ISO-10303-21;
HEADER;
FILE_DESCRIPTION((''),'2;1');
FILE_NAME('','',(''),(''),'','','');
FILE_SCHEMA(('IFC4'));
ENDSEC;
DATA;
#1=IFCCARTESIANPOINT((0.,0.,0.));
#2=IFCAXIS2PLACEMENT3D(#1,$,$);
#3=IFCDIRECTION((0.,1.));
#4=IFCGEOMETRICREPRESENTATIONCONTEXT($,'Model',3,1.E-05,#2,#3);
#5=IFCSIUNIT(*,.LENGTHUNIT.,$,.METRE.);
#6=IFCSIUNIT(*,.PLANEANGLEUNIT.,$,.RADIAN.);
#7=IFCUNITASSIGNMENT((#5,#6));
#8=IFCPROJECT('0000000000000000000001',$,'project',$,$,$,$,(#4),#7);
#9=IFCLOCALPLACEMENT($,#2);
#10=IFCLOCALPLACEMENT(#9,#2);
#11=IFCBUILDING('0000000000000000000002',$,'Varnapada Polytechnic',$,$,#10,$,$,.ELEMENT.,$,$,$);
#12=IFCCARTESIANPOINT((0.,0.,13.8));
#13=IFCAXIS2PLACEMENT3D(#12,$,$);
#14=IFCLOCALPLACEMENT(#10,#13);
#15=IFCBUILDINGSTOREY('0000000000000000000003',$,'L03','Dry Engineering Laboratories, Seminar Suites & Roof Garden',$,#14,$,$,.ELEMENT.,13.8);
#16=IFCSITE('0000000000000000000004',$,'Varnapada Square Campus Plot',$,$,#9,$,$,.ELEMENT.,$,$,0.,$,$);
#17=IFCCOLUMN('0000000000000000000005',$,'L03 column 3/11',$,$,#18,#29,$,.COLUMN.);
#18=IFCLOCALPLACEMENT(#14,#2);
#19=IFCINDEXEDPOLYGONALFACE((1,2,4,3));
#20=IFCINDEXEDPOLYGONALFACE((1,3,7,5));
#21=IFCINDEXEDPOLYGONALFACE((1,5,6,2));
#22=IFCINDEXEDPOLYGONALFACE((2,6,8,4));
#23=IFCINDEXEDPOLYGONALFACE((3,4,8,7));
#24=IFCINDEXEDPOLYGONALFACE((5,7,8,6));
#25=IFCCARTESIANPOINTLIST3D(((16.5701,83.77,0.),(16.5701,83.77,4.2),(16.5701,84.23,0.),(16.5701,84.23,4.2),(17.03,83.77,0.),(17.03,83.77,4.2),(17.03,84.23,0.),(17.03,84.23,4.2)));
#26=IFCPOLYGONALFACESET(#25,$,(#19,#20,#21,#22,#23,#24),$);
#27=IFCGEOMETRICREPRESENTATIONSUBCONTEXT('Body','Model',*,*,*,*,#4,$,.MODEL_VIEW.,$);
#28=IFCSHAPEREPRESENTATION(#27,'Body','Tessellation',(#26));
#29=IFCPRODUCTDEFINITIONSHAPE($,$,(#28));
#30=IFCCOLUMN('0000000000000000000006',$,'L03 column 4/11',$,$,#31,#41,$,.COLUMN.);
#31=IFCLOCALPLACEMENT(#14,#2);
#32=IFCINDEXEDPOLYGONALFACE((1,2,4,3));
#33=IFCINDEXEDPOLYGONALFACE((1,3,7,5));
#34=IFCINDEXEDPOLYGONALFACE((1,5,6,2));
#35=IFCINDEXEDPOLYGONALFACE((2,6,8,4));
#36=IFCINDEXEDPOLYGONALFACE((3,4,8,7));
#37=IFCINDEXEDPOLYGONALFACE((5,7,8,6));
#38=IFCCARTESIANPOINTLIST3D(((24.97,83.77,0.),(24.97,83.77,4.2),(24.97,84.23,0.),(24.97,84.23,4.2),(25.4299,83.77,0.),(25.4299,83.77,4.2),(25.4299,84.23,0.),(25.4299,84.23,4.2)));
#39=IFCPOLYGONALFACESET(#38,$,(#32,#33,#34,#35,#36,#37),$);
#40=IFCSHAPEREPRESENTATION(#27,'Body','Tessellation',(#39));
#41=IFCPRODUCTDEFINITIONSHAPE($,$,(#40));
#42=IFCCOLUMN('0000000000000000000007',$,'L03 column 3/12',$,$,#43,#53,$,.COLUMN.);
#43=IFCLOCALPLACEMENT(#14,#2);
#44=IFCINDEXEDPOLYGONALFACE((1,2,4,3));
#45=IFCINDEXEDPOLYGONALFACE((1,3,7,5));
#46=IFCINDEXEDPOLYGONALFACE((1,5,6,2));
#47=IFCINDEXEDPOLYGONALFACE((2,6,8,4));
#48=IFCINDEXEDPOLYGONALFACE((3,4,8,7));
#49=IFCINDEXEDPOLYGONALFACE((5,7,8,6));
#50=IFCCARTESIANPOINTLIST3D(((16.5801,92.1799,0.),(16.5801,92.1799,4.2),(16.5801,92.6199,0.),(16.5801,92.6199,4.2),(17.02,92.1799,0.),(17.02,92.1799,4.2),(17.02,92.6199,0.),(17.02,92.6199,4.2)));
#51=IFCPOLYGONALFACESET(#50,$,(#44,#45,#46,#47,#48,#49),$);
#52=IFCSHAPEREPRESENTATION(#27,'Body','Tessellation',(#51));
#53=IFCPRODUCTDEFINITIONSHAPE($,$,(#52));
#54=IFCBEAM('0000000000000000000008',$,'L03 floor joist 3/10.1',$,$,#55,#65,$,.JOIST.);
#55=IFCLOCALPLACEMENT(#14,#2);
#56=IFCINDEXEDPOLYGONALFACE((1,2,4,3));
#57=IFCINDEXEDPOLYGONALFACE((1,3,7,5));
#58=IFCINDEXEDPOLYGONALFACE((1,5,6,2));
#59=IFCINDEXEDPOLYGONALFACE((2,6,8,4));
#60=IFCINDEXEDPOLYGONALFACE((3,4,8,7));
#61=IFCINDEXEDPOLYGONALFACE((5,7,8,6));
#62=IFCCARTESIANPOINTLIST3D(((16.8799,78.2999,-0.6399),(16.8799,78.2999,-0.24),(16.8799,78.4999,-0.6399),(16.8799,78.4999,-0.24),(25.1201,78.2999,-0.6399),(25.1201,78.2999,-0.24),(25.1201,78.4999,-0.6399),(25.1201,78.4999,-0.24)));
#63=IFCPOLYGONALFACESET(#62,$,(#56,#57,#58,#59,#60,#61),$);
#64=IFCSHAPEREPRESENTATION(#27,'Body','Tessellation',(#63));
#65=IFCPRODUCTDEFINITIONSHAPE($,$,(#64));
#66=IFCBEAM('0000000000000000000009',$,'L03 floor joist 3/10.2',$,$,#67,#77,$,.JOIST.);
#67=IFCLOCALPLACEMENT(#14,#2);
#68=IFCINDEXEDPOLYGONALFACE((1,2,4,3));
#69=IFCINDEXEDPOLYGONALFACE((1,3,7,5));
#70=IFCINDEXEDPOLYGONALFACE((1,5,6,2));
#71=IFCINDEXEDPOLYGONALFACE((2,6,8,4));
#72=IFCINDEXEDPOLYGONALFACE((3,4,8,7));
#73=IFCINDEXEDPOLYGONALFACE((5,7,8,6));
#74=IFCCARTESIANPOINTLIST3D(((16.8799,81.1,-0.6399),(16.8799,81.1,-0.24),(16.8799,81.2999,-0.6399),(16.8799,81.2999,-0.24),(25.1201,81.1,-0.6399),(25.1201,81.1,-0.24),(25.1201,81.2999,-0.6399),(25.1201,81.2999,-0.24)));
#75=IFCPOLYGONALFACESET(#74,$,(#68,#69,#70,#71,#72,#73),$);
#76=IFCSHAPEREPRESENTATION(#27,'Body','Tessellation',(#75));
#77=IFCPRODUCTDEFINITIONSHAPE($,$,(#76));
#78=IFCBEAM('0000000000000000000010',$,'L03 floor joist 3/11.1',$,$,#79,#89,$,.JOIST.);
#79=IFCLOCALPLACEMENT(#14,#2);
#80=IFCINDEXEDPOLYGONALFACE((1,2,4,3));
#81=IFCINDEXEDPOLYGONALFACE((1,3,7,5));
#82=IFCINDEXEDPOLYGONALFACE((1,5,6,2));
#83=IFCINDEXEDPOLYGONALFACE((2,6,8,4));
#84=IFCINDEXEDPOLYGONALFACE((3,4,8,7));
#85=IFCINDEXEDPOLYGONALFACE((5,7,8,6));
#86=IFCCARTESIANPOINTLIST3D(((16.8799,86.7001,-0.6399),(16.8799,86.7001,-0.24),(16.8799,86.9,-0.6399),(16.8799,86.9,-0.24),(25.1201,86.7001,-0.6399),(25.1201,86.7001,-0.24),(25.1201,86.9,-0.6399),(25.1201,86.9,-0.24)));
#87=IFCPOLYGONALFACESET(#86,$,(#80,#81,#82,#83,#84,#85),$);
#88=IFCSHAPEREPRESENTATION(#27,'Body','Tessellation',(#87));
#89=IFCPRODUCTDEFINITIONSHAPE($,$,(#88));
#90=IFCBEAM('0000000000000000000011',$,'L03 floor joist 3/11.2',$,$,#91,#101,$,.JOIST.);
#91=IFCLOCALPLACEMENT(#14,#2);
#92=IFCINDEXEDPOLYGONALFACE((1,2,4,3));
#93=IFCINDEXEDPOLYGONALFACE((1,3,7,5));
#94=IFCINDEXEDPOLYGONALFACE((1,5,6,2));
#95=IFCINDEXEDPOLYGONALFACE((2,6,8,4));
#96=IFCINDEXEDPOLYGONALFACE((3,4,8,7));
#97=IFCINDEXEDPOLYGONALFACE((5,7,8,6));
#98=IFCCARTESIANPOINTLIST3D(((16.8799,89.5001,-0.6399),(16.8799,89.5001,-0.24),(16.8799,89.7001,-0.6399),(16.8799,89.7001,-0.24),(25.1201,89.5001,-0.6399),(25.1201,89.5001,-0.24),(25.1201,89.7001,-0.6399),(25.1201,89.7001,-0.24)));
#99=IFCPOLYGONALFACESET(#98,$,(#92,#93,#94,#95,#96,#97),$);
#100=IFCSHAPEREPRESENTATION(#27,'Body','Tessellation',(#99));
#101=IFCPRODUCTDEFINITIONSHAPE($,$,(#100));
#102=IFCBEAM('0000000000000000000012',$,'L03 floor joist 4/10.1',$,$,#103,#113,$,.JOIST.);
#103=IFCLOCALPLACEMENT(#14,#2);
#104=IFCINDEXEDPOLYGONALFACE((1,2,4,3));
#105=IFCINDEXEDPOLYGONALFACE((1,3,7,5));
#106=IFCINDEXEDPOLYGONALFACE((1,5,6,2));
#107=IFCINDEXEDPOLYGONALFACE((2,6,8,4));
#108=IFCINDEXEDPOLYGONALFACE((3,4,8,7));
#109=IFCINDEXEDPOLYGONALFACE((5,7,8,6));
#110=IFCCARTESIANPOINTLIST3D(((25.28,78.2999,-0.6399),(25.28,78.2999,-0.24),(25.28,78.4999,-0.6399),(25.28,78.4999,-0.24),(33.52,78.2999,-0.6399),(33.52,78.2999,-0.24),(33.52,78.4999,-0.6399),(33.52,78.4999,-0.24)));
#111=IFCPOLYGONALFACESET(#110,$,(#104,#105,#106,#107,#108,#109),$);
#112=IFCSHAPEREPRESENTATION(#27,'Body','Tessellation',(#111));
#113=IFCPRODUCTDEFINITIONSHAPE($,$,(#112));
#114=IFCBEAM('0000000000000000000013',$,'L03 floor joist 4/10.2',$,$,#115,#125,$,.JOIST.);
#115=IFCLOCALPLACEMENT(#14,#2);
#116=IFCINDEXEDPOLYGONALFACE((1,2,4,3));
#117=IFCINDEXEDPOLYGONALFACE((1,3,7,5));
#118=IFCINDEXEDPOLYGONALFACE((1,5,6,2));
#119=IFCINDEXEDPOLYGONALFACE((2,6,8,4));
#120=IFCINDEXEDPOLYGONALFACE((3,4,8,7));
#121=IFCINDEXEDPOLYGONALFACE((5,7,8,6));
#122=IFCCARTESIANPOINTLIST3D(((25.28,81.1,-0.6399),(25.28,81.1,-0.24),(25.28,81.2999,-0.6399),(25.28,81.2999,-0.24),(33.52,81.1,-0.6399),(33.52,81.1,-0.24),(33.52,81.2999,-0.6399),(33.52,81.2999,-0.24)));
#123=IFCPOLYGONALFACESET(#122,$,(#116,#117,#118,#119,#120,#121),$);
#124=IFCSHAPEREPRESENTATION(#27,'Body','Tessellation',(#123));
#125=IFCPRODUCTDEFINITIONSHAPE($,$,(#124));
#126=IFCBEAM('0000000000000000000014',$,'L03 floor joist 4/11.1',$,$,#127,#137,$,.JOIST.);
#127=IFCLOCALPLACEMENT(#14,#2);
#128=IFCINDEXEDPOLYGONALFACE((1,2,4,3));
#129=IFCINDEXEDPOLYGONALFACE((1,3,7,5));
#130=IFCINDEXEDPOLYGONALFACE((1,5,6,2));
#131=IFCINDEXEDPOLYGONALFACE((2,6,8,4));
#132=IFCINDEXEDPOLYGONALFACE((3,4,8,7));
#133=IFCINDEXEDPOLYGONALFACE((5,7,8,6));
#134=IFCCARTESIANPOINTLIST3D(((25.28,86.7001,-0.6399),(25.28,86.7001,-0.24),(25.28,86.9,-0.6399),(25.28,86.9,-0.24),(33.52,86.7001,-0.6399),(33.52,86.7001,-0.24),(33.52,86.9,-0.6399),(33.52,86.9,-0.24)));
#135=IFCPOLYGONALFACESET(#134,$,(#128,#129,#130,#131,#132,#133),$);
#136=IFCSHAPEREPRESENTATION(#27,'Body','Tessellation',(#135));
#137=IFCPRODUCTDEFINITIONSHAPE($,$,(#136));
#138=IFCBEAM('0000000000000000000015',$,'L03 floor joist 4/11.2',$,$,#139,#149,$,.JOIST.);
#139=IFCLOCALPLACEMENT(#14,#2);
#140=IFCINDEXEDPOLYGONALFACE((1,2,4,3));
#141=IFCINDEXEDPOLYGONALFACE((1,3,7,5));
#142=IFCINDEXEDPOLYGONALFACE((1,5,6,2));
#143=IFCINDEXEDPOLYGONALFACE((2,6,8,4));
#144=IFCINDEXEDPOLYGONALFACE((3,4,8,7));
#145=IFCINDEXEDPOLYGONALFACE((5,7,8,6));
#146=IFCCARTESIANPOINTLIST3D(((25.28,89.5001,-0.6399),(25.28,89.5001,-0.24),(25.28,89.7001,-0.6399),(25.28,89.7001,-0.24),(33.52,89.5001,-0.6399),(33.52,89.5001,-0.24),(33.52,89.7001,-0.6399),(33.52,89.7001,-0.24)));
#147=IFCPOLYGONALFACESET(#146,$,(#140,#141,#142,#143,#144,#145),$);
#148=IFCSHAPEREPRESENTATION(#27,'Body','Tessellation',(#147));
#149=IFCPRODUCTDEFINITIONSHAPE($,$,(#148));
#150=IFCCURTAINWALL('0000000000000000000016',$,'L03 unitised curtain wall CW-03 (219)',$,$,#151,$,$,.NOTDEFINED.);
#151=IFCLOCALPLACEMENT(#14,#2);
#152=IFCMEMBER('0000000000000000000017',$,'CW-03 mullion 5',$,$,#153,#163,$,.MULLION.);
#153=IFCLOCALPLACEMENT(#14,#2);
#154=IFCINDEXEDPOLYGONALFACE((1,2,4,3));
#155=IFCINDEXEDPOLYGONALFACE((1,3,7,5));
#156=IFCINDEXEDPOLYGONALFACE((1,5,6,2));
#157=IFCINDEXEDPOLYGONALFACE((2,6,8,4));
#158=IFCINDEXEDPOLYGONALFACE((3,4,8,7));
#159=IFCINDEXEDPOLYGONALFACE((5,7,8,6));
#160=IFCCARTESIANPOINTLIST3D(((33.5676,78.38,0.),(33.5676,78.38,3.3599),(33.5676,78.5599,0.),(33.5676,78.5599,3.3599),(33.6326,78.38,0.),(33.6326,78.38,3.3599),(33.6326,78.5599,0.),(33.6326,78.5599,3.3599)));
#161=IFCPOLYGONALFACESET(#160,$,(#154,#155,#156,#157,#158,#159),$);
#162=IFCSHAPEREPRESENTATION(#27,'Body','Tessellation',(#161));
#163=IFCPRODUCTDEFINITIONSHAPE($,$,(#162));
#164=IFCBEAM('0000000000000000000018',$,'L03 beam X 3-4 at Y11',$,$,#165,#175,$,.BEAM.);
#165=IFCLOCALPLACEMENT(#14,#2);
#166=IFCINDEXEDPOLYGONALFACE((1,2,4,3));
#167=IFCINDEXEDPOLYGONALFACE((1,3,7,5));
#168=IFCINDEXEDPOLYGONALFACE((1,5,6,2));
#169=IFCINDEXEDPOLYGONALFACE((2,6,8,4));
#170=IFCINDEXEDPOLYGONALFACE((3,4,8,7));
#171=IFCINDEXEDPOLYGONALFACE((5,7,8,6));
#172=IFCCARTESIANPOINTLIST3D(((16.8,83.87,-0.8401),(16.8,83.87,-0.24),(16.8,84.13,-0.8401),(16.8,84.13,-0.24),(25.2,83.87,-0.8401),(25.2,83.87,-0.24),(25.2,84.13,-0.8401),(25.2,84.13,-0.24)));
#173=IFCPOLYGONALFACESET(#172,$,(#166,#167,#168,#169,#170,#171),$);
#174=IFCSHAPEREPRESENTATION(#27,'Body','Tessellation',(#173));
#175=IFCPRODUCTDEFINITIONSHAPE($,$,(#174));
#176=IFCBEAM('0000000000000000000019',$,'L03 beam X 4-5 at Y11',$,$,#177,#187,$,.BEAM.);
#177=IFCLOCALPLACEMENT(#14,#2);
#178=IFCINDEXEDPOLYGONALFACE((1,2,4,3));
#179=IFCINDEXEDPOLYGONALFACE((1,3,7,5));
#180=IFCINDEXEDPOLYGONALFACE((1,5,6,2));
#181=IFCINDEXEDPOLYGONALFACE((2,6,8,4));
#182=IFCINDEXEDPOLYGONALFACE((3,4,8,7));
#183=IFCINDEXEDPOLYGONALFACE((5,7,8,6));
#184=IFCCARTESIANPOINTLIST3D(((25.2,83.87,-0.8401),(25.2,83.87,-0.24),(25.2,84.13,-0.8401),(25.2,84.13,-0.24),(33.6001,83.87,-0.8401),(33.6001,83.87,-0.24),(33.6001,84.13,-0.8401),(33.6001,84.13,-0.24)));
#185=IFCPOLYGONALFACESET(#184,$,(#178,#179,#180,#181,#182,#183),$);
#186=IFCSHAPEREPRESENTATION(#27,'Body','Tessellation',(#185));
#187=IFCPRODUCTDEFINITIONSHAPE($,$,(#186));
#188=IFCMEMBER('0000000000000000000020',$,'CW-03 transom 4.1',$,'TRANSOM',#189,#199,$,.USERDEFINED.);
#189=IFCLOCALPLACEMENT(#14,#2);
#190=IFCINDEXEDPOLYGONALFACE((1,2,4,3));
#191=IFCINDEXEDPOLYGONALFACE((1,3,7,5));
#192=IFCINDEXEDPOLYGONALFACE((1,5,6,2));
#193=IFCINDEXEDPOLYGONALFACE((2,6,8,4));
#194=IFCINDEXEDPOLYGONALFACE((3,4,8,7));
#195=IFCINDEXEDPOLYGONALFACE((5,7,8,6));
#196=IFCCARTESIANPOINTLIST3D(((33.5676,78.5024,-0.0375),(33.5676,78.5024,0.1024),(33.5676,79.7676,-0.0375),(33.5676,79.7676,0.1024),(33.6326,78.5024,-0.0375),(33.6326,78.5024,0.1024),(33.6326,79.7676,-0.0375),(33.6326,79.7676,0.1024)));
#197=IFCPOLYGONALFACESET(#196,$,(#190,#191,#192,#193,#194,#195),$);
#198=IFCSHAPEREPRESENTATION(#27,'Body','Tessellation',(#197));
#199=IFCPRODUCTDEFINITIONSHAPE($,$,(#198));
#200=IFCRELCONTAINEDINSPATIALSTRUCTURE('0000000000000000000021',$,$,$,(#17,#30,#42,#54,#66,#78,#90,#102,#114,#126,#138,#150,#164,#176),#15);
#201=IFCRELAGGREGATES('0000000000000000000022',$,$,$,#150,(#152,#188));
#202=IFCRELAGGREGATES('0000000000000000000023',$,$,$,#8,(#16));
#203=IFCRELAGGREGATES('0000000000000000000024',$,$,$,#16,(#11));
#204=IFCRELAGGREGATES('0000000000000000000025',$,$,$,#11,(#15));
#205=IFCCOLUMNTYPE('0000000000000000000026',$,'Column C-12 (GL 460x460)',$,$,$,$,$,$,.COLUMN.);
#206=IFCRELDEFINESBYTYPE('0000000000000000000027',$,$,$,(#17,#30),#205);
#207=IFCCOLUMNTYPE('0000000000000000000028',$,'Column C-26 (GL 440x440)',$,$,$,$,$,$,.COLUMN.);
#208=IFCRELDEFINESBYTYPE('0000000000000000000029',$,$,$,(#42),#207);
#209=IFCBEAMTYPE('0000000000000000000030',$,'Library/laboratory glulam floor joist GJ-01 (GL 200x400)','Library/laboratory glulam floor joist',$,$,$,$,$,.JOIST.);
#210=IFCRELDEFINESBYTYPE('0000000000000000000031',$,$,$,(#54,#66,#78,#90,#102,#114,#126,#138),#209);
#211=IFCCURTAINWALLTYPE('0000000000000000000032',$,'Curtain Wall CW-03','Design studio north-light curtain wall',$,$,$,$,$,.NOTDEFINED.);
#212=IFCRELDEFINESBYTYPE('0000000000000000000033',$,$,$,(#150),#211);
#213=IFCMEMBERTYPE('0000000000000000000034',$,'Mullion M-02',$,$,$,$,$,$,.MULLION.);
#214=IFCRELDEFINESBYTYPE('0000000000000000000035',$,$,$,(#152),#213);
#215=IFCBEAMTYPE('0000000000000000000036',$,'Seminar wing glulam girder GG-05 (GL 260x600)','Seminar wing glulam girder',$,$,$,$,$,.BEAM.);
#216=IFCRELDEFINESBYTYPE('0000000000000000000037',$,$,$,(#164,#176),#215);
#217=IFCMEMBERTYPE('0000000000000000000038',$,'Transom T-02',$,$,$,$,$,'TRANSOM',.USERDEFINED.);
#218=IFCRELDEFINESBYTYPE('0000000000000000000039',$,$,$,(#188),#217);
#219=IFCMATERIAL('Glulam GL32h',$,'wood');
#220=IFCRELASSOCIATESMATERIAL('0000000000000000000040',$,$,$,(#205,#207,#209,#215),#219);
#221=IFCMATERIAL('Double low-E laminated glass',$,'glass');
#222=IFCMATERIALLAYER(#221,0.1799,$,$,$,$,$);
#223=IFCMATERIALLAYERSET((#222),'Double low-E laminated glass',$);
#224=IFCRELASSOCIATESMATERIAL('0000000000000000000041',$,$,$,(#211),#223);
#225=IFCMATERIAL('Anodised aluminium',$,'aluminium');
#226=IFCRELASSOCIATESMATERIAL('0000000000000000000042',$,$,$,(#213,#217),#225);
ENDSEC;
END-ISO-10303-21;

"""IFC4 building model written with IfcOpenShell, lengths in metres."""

from ifc_helpers import new_model, si_unit, direction, frame, origin, origin_2d, place, context, subcontext, project, spatial, rectangle, extrude, material, layer, layer_set, material_profile, profile_set, type_object, element, aggregate, save


model = new_model("IFC4")

# Units and contexts
model_context = context("Model", 3, precision=1e-05, world=origin(), true_north=direction((0.0, 1.0)))
body_context = subcontext(model_context, "Body", "Model", "MODEL_VIEW")
ifc_project = project(units=[si_unit("LENGTHUNIT", "METRE"), si_unit("PLANEANGLEUNIT", "RADIAN")], contexts=[model_context])

# Site, building, storey
site_placement = place(None, origin())
site = spatial("IfcSite", under=ifc_project, at=site_placement, Name="Varnapada Square Campus Plot", CompositionType="ELEMENT", RefElevation=0.0)
building_placement = place(site_placement, origin())
building = spatial("IfcBuilding", under=site, at=building_placement, Name="Varnapada Polytechnic", CompositionType="ELEMENT")
storey_placement = place(building_placement, frame((0.0, 0.0, 13.8)))
storey = spatial("IfcBuildingStorey", under=building, at=storey_placement, Name="L03", Description="Dry Engineering Laboratories, Seminar Suites & Roof Garden", CompositionType="ELEMENT", Elevation=13.8)

# Columns
ifc_material_1 = material(Name="Glulam GL32h", Category="wood")
ifc_material_profile_1 = material_profile(ifc_material_1, rectangle(XDim=0.46, YDim=0.46, at=origin_2d()), Name="GL 460x460")
ifc_profile_set_1 = profile_set([ifc_material_profile_1], Name="Glulam GL32h")
column_type_1 = type_object("IfcColumnType", Name="Column C-12 (GL 460x460)", PredefinedType="COLUMN", material=ifc_profile_set_1)
for number, where, z_axis, x_axis, name in (
    (1, (16.8, 84.0, 0.0), (0.0, 0.0, 1.0), (1.0, 0.0, 0.0), "L03 column 3/11"),
    (2, (25.2, 84.0, 0.0), (0.0, 0.0, 1.0), (1.0, 0.0, 0.0), "L03 column 4/11"),
):
    element("IfcColumn", number, at=place(storey_placement, frame(where, z_axis=z_axis, x_axis=x_axis)), inside=storey, type_object=column_type_1, Name=name, PredefinedType="COLUMN", context=body_context, shape_type="SweptSolid", body=[
        extrude(rectangle(XDim=0.46, YDim=0.46, at=origin_2d()), origin(), (0.0, 0.0, 1.0), 4.2),
    ])
ifc_material_profile_2 = material_profile(ifc_material_1, rectangle(XDim=0.4399, YDim=0.4399, at=origin_2d()), Name="GL 440x440")
ifc_profile_set_2 = profile_set([ifc_material_profile_2], Name="Glulam GL32h")
column_type_2 = type_object("IfcColumnType", Name="Column C-26 (GL 440x440)", PredefinedType="COLUMN", material=ifc_profile_set_2)
column_placement = place(storey_placement, frame((16.8, 92.3999, 0.0), z_axis=(0.0, 0.0, 1.0), x_axis=(1.0, 0.0, 0.0)))
element("IfcColumn", 3, at=column_placement, inside=storey, type_object=column_type_2, Name="L03 column 3/12", PredefinedType="COLUMN", context=body_context, shape_type="SweptSolid", body=[
    extrude(rectangle(XDim=0.4399, YDim=0.4399, at=origin_2d()), origin(), (0.0, 0.0, 1.0), 4.2),
])

# Beams
ifc_material_profile_3 = material_profile(ifc_material_1, rectangle(XDim=0.2, YDim=0.3999, at=origin_2d()), Name="GL 200x400")
ifc_profile_set_3 = profile_set([ifc_material_profile_3], Name="Glulam GL32h")
beam_type_1 = type_object("IfcBeamType", Name="Library/laboratory glulam floor joist GJ-01 (GL 200x400)", Description="Library/laboratory glulam floor joist", PredefinedType="JOIST", material=ifc_profile_set_3)
for number, where, z_axis, x_axis, name in (
    (4, (16.8799, 78.3999, -0.4399), (1.0, 0.0, 0.0), (0.0, 1.0, 0.0), "L03 floor joist 3/10.1"),
    (5, (16.8799, 81.2, -0.4399), (1.0, 0.0, 0.0), (0.0, 1.0, 0.0), "L03 floor joist 3/10.2"),
    (6, (16.8799, 86.8, -0.4399), (1.0, 0.0, 0.0), (0.0, 1.0, 0.0), "L03 floor joist 3/11.1"),
    (7, (16.8799, 89.6001, -0.4399), (1.0, 0.0, 0.0), (0.0, 1.0, 0.0), "L03 floor joist 3/11.2"),
):
    element("IfcBeam", number, at=place(storey_placement, frame(where, z_axis=z_axis, x_axis=x_axis)), inside=storey, type_object=beam_type_1, Name=name, PredefinedType="JOIST", context=body_context, shape_type="SweptSolid", body=[
        extrude(rectangle(XDim=0.2, YDim=0.3999, at=origin_2d()), origin(), (0.0, 0.0, 1.0), 8.2402),
    ])
for number, where, z_axis, x_axis, name in (
    (8, (25.28, 78.3999, -0.4399), (1.0, 0.0, 0.0), (0.0, 1.0, 0.0), "L03 floor joist 4/10.1"),
    (9, (25.28, 81.2, -0.4399), (1.0, 0.0, 0.0), (0.0, 1.0, 0.0), "L03 floor joist 4/10.2"),
    (10, (25.28, 86.8, -0.4399), (1.0, 0.0, 0.0), (0.0, 1.0, 0.0), "L03 floor joist 4/11.1"),
    (11, (25.28, 89.6001, -0.4399), (1.0, 0.0, 0.0), (0.0, 1.0, 0.0), "L03 floor joist 4/11.2"),
):
    element("IfcBeam", number, at=place(storey_placement, frame(where, z_axis=z_axis, x_axis=x_axis)), inside=storey, type_object=beam_type_1, Name=name, PredefinedType="JOIST", context=body_context, shape_type="SweptSolid", body=[
        extrude(rectangle(XDim=0.2, YDim=0.3999, at=origin_2d()), origin(), (0.0, 0.0, 1.0), 8.24),
    ])

# Curtain wall, member
ifc_material_2 = material(Name="Double low-E laminated glass", Category="glass")
ifc_layer_1 = layer(ifc_material_2, 0.1799)
ifc_layer_set_1 = layer_set([ifc_layer_1], Name="Double low-E laminated glass")
curtain_wall_type = type_object("IfcCurtainWallType", Name="Curtain Wall CW-03", Description="Design studio north-light curtain wall", PredefinedType="NOTDEFINED", material=ifc_layer_set_1)
curtain_wall_placement = place(storey_placement, origin())
curtain_wall = element("IfcCurtainWall", 12, at=curtain_wall_placement, inside=storey, type_object=curtain_wall_type, Name="L03 unitised curtain wall CW-03 (219)", PredefinedType="NOTDEFINED")
ifc_material_3 = material(Name="Anodised aluminium", Category="aluminium")
ifc_material_profile_4 = material_profile(ifc_material_3, rectangle(XDim=0.0649, YDim=0.1799, at=origin_2d()), Name="ALU M65x180")
ifc_profile_set_4 = profile_set([ifc_material_profile_4], Name="Anodised aluminium")
member_type_1 = type_object("IfcMemberType", Name="Mullion M-02", PredefinedType="MULLION", material=ifc_profile_set_4)
member_1_placement = place(storey_placement, frame((33.6001, 78.47, 0.0), z_axis=(0.0, 0.0, 1.0), x_axis=(1.0, 0.0, 0.0)))
member_1 = element("IfcMember", 13, at=member_1_placement, type_object=member_type_1, Name="CW-03 mullion 5", PredefinedType="MULLION", context=body_context, shape_type="SweptSolid", body=[
    extrude(rectangle(XDim=0.0649, YDim=0.1799, at=origin_2d()), origin(), (0.0, 0.0, 1.0), 3.3599),
])

# Beams
ifc_material_profile_5 = material_profile(ifc_material_1, rectangle(XDim=0.26, YDim=0.6001, at=origin_2d()), Name="GL 260x600")
ifc_profile_set_5 = profile_set([ifc_material_profile_5], Name="Glulam GL32h")
beam_type_2 = type_object("IfcBeamType", Name="Seminar wing glulam girder GG-05 (GL 260x600)", Description="Seminar wing glulam girder", PredefinedType="BEAM", material=ifc_profile_set_5)
beam_1_placement = place(storey_placement, frame((16.8, 84.0, -0.54), z_axis=(1.0, 0.0, 0.0), x_axis=(0.0, 1.0, 0.0)))
element("IfcBeam", 14, at=beam_1_placement, inside=storey, type_object=beam_type_2, Name="L03 beam X 3-4 at Y11", PredefinedType="BEAM", context=body_context, shape_type="SweptSolid", body=[
    extrude(rectangle(XDim=0.26, YDim=0.6001, at=origin_2d()), origin(), (0.0, 0.0, 1.0), 8.3999),
])
beam_2_placement = place(storey_placement, frame((25.2, 84.0, -0.54), z_axis=(1.0, 0.0, 0.0), x_axis=(0.0, 1.0, 0.0)))
element("IfcBeam", 15, at=beam_2_placement, inside=storey, type_object=beam_type_2, Name="L03 beam X 4-5 at Y11", PredefinedType="BEAM", context=body_context, shape_type="SweptSolid", body=[
    extrude(rectangle(XDim=0.26, YDim=0.6001, at=origin_2d()), origin(), (0.0, 0.0, 1.0), 8.4001),
])

# Member
ifc_material_profile_6 = material_profile(ifc_material_3, rectangle(XDim=0.0649, YDim=0.1399, at=origin_2d()), Name="ALU T65x140")
ifc_profile_set_6 = profile_set([ifc_material_profile_6], Name="Anodised aluminium")
member_type_2 = type_object("IfcMemberType", Name="Transom T-02", ElementType="TRANSOM", PredefinedType="USERDEFINED", material=ifc_profile_set_6)
member_2_placement = place(storey_placement, frame((33.6001, 79.7676, 0.0325), z_axis=(0.0, -1.0, 0.0), x_axis=(1.0, 0.0, 0.0)))
member_2 = element("IfcMember", 16, at=member_2_placement, type_object=member_type_2, Name="CW-03 transom 4.1", ObjectType="TRANSOM", PredefinedType="USERDEFINED", context=body_context, shape_type="SweptSolid", body=[
    extrude(rectangle(XDim=0.0649, YDim=0.1399, at=origin_2d()), origin(), (0.0, 0.0, 1.0), 1.2651),
])

aggregate(curtain_wall, [member_1, member_2])

save(model, "model.ifc")
